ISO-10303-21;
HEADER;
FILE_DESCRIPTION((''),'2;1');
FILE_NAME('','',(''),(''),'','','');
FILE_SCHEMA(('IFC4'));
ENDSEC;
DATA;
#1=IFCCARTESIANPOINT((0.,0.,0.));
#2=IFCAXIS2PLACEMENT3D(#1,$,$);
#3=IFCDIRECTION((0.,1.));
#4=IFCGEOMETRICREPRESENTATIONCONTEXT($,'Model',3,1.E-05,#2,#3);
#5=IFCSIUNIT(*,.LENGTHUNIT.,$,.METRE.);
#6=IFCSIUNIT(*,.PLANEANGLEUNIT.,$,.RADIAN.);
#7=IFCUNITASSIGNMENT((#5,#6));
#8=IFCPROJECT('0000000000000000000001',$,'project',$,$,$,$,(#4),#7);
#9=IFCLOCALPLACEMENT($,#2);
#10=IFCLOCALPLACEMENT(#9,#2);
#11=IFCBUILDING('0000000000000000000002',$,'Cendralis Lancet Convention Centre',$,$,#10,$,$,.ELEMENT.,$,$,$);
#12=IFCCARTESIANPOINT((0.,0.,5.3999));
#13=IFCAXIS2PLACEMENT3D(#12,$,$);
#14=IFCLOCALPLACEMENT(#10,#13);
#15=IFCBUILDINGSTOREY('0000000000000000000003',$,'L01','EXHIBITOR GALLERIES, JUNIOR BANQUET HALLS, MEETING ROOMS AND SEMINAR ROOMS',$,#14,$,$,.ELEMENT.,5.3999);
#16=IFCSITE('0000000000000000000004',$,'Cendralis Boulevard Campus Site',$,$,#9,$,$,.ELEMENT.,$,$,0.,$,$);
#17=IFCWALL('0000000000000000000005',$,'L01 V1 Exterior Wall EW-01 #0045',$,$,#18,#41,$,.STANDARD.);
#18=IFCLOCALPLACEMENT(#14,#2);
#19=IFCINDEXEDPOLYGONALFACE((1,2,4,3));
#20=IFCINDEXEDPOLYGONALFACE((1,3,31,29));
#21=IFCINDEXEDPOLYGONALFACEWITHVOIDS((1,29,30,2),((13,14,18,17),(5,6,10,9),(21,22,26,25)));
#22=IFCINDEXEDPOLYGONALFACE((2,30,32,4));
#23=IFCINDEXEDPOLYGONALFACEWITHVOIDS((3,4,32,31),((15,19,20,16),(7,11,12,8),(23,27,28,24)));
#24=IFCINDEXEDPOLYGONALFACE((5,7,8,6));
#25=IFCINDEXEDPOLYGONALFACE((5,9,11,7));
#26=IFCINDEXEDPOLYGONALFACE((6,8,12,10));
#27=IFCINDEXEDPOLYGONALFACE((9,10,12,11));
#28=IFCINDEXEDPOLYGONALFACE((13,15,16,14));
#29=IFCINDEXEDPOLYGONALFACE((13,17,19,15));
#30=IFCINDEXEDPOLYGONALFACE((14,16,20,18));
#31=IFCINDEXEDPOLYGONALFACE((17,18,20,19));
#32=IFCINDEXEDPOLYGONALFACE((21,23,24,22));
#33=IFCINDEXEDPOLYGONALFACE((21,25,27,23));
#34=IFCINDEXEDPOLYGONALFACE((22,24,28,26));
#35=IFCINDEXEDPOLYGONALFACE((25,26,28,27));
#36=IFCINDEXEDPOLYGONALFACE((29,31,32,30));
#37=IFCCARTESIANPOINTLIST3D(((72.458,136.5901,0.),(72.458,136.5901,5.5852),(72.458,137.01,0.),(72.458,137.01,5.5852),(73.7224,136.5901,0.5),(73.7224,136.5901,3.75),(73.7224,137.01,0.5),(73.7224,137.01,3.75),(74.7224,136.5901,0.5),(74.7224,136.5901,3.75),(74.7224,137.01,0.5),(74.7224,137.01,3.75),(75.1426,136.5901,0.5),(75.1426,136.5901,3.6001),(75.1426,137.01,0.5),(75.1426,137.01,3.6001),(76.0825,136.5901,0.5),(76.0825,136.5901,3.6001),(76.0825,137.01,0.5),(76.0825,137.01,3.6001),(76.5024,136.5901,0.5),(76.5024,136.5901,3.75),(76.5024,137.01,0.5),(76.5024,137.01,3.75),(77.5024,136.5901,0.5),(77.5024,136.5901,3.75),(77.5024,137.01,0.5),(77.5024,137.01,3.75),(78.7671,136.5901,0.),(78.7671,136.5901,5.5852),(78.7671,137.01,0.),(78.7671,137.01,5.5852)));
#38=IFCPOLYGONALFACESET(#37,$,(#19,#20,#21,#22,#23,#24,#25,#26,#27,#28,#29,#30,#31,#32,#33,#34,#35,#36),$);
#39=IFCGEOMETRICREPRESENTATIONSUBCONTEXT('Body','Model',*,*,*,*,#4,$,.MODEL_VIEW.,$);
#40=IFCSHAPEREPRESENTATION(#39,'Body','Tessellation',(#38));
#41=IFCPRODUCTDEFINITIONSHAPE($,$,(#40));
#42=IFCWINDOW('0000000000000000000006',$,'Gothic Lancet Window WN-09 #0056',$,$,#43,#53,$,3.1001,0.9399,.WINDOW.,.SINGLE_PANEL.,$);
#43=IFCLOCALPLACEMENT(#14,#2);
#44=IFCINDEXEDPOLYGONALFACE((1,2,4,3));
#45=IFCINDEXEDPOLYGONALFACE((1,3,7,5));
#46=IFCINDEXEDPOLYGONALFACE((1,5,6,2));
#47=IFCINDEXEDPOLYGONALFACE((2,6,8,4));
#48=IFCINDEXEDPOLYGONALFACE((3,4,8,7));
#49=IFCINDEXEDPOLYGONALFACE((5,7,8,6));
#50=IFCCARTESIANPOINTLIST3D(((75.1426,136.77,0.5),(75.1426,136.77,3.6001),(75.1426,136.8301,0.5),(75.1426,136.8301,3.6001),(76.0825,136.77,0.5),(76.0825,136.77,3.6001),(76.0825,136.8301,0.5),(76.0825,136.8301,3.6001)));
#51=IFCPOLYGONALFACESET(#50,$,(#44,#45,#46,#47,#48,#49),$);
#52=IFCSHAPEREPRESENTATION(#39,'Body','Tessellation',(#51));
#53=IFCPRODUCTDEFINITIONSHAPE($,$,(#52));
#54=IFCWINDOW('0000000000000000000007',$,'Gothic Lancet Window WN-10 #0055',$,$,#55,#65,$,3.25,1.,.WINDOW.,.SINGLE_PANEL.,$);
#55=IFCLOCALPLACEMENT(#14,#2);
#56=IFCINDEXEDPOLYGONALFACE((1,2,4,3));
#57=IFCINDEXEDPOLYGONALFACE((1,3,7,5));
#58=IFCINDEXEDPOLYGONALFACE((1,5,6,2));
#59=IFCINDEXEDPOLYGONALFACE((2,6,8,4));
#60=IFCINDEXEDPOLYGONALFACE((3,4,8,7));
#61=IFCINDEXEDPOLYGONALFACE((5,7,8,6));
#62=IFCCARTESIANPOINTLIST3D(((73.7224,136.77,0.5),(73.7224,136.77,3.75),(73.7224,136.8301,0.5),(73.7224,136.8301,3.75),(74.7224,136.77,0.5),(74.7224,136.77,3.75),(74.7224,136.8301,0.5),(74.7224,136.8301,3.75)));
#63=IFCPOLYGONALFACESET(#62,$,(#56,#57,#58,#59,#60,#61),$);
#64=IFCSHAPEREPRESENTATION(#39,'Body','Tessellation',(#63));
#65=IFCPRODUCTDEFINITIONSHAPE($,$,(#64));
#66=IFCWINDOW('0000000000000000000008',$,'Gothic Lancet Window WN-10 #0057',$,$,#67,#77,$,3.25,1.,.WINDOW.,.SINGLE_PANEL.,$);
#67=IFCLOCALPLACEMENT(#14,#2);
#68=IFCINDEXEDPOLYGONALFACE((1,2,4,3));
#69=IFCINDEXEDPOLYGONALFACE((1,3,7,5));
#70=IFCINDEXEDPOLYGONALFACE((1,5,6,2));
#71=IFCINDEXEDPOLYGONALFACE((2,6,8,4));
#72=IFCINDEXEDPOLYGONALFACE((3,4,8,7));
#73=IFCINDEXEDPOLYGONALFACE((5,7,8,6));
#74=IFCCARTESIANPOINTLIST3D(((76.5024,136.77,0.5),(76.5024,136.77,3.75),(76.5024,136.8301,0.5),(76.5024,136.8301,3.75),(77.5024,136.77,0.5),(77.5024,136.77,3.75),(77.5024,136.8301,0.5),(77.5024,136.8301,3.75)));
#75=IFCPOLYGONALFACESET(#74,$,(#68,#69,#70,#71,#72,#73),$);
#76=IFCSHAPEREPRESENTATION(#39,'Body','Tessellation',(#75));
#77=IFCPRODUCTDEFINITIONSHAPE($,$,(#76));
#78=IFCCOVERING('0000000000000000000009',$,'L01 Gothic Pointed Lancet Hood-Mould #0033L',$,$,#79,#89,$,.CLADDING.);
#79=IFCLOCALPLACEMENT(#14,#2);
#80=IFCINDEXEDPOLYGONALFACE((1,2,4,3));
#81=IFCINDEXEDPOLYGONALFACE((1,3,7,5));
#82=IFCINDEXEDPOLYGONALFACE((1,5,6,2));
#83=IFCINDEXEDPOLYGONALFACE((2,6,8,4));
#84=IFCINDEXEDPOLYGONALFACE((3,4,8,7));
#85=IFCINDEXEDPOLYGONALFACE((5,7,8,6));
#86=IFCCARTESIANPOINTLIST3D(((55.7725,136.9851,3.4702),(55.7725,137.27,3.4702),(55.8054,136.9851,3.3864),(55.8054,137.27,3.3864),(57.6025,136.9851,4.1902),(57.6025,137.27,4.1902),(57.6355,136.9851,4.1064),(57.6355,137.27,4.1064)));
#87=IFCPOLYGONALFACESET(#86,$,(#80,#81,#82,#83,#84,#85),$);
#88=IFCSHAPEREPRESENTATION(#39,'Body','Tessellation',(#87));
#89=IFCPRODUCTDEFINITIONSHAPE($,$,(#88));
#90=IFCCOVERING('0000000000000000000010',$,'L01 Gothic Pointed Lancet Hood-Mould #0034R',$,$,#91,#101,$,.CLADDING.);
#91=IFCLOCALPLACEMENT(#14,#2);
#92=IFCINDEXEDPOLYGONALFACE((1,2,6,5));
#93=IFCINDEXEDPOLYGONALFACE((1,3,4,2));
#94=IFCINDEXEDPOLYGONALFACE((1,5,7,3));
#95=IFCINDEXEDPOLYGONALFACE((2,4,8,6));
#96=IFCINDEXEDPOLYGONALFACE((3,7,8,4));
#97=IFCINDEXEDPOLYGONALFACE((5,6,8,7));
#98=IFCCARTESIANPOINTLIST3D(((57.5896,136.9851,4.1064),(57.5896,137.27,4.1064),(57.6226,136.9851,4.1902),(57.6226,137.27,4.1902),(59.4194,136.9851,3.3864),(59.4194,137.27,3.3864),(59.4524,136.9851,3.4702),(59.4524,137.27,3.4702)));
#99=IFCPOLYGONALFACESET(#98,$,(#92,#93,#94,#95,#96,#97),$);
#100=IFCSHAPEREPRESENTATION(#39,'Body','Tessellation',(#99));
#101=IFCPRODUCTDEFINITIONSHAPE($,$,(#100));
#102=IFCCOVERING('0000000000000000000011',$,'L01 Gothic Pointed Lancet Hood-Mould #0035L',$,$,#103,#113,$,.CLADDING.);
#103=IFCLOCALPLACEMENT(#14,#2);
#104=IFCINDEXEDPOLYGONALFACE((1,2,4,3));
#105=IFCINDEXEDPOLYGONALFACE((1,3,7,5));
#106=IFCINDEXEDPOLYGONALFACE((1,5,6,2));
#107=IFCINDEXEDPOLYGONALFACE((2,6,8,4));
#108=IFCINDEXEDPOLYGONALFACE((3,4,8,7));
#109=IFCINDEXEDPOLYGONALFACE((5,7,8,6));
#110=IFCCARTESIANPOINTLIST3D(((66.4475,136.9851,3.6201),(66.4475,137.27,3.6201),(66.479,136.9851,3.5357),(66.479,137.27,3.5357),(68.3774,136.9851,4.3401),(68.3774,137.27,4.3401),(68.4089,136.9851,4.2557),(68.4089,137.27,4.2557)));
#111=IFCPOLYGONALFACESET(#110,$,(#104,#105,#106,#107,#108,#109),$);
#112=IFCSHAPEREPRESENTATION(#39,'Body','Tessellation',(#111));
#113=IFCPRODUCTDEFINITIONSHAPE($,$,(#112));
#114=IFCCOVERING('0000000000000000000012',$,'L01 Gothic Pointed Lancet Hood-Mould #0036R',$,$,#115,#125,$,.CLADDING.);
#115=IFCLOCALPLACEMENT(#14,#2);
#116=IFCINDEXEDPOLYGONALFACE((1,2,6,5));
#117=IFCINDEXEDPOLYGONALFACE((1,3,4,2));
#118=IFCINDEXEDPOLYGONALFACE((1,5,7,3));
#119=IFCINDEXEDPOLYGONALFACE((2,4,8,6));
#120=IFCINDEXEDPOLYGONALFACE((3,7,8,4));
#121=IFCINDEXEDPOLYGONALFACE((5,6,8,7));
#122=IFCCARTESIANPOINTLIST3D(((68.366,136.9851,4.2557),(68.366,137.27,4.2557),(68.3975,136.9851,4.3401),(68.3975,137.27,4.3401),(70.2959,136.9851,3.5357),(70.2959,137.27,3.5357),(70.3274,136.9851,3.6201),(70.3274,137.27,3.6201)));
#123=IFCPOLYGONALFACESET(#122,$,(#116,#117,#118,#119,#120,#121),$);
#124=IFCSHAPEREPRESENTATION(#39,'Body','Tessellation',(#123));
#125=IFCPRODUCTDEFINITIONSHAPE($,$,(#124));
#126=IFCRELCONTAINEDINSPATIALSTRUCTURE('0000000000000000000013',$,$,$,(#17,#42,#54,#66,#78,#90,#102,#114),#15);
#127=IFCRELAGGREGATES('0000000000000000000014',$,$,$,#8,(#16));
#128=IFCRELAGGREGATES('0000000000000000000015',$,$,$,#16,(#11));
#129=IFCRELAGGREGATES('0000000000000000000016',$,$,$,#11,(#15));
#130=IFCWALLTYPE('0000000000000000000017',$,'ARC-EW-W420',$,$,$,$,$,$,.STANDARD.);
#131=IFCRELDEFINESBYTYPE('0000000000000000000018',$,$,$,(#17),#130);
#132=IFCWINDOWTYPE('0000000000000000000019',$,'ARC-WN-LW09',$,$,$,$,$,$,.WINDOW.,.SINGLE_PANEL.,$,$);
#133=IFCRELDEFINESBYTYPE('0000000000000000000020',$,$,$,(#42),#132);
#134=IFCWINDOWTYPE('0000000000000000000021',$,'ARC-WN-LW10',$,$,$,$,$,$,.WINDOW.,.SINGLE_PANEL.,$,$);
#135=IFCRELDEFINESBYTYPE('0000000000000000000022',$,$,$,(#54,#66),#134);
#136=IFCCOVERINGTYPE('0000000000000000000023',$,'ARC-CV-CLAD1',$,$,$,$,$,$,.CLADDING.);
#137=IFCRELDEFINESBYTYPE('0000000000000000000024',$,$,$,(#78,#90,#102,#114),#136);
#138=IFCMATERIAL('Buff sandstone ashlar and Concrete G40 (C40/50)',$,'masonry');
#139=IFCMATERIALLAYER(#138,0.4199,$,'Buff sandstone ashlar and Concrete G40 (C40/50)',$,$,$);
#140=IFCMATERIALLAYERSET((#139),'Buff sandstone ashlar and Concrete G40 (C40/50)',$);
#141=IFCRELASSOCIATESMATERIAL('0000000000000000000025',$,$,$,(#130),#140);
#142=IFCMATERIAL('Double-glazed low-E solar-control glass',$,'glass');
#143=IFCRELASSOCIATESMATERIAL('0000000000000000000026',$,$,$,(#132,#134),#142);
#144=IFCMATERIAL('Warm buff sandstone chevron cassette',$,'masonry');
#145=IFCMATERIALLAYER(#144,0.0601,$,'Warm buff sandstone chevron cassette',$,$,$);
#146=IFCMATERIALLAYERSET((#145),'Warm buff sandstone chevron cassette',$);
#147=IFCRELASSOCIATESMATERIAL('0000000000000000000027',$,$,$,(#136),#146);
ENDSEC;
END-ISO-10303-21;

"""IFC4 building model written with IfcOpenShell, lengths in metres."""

from ifc_helpers import new_model, si_unit, direction, frame, frame_2d, origin, place, context, subcontext, project, spatial, polyline, rectangle, outline, extrude, material, layer, layer_set, type_object, element, fill, save


model = new_model("IFC4")

# Units and contexts
model_context = context("Model", 3, precision=1e-05, world=origin(), true_north=direction((0.0, 1.0)))
body_context = subcontext(model_context, "Body", "Model", "MODEL_VIEW")
ifc_project = project(units=[si_unit("LENGTHUNIT", "METRE"), si_unit("PLANEANGLEUNIT", "RADIAN")], contexts=[model_context])

# Site, building, storey
site_placement = place(None, origin())
site = spatial("IfcSite", under=ifc_project, at=site_placement, Name="Cendralis Boulevard Campus Site", CompositionType="ELEMENT", RefElevation=0.0)
building_placement = place(site_placement, origin())
building = spatial("IfcBuilding", under=site, at=building_placement, Name="Cendralis Lancet Convention Centre", CompositionType="ELEMENT")
storey_placement = place(building_placement, frame((0.0, 0.0, 5.3999)))
storey = spatial("IfcBuildingStorey", under=building, at=storey_placement, Name="L01", Description="EXHIBITOR GALLERIES, JUNIOR BANQUET HALLS, MEETING ROOMS AND SEMINAR ROOMS", CompositionType="ELEMENT", Elevation=5.3999)

# Wall, openings, windows
ifc_material_1 = material(Name="Buff sandstone ashlar and Concrete G40 (C40/50)", Category="masonry")
ifc_layer_1 = layer(ifc_material_1, 0.4199, Name="Buff sandstone ashlar and Concrete G40 (C40/50)")
ifc_layer_set_1 = layer_set([ifc_layer_1], Name="Buff sandstone ashlar and Concrete G40 (C40/50)")
wall_type = type_object("IfcWallType", Name="ARC-EW-W420", PredefinedType="STANDARD", material=ifc_layer_set_1)
ifc_material_2 = material(Name="Double-glazed low-E solar-control glass", Category="glass")
window_type_1 = type_object("IfcWindowType", Name="ARC-WN-LW09", PartitioningType="SINGLE_PANEL", PredefinedType="WINDOW", material=ifc_material_2)
wall_1_placement = place(storey_placement, frame((72.458, 136.8, 0.0), z_axis=(0.0, 0.0, 1.0), x_axis=(1.0, 0.0, 0.0)))
wall_1 = element("IfcWall", 1, at=wall_1_placement, inside=storey, type_object=wall_type, Name="L01 V1 Exterior Wall EW-01 #0045", PredefinedType="STANDARD", context=body_context, shape_type="SweptSolid", body=[
    extrude(rectangle(XDim=6.3091, YDim=0.4199, at=frame_2d((3.1545, 0.0))), origin(), (0.0, 0.0, 1.0), 5.5852),
])
opening_1_placement = place(wall_1_placement, frame((1.2644, 0.0, 0.5)))
opening_1 = element("IfcOpeningElement", 2, at=opening_1_placement, cuts=wall_1, PredefinedType="OPENING", context=body_context, shape_type="SweptSolid", body=[
    extrude(rectangle(XDim=1.0, YDim=3.25, at=frame_2d((0.5, 1.625))), frame((0.0, 0.22, 0.0), z_axis=(0.0, -1.0, 0.0), x_axis=(1.0, 0.0, 0.0)), (0.0, 0.0, 1.0), 0.4399),
])
opening_2_placement = place(wall_1_placement, frame((2.6846, 0.0, 0.5)))
opening_2 = element("IfcOpeningElement", 3, at=opening_2_placement, cuts=wall_1, PredefinedType="OPENING", context=body_context, shape_type="SweptSolid", body=[
    extrude(rectangle(XDim=0.9399, YDim=3.1001, at=frame_2d((0.47, 1.55))), frame((0.0, 0.22, 0.0), z_axis=(0.0, -1.0, 0.0), x_axis=(1.0, 0.0, 0.0)), (0.0, 0.0, 1.0), 0.4399),
])
opening_3_placement = place(wall_1_placement, frame((4.0444, 0.0, 0.5)))
opening_3 = element("IfcOpeningElement", 4, at=opening_3_placement, cuts=wall_1, PredefinedType="OPENING", context=body_context, shape_type="SweptSolid", body=[
    extrude(rectangle(XDim=1.0, YDim=3.25, at=frame_2d((0.5, 1.625))), frame((0.0, 0.22, 0.0), z_axis=(0.0, -1.0, 0.0), x_axis=(1.0, 0.0, 0.0)), (0.0, 0.0, 1.0), 0.4399),
])
window_1_placement = place(opening_2_placement, origin())
window_1 = element("IfcWindow", 5, at=window_1_placement, inside=storey, type_object=window_type_1, Name="Gothic Lancet Window WN-09 #0056", OverallHeight=3.1001, OverallWidth=0.9399, PartitioningType="SINGLE_PANEL", PredefinedType="WINDOW", context=body_context, shape_type="SweptSolid", body=[
    extrude(rectangle(XDim=0.9399, YDim=3.1001, at=frame_2d((0.47, 1.55))), frame((0.0, 0.03, 0.0), z_axis=(0.0, -1.0, 0.0), x_axis=(1.0, 0.0, 0.0)), (0.0, 0.0, 1.0), 0.0601),
])
fill(opening_2, window_1)
window_type_2 = type_object("IfcWindowType", Name="ARC-WN-LW10", PartitioningType="SINGLE_PANEL", PredefinedType="WINDOW", material=ifc_material_2)
window_2_placement = place(opening_1_placement, origin())
window_2 = element("IfcWindow", 6, at=window_2_placement, inside=storey, type_object=window_type_2, Name="Gothic Lancet Window WN-10 #0055", OverallHeight=3.25, OverallWidth=1.0, PartitioningType="SINGLE_PANEL", PredefinedType="WINDOW", context=body_context, shape_type="SweptSolid", body=[
    extrude(rectangle(XDim=1.0, YDim=3.25, at=frame_2d((0.5, 1.625))), frame((0.0, 0.03, 0.0), z_axis=(0.0, -1.0, 0.0), x_axis=(1.0, 0.0, 0.0)), (0.0, 0.0, 1.0), 0.0601),
])
fill(opening_1, window_2)
window_3_placement = place(opening_3_placement, origin())
window_3 = element("IfcWindow", 7, at=window_3_placement, inside=storey, type_object=window_type_2, Name="Gothic Lancet Window WN-10 #0057", OverallHeight=3.25, OverallWidth=1.0, PartitioningType="SINGLE_PANEL", PredefinedType="WINDOW", context=body_context, shape_type="SweptSolid", body=[
    extrude(rectangle(XDim=1.0, YDim=3.25, at=frame_2d((0.5, 1.625))), frame((0.0, 0.03, 0.0), z_axis=(0.0, -1.0, 0.0), x_axis=(1.0, 0.0, 0.0)), (0.0, 0.0, 1.0), 0.0601),
])
fill(opening_3, window_3)

# Coverings
ifc_material_3 = material(Name="Warm buff sandstone chevron cassette", Category="masonry")
ifc_layer_2 = layer(ifc_material_3, 0.0601, Name="Warm buff sandstone chevron cassette")
ifc_layer_set_2 = layer_set([ifc_layer_2], Name="Warm buff sandstone chevron cassette")
covering_type = type_object("IfcCoveringType", Name="ARC-CV-CLAD1", PredefinedType="CLADDING", material=ifc_layer_set_2)
covering_1_placement = place(storey_placement, frame((55.7725, 137.27, 3.4702), z_axis=(-0.366098, 0.0, 0.930576), x_axis=(0.0, -1.0, 0.0)))
element("IfcCovering", 8, at=covering_1_placement, inside=storey, type_object=covering_type, Name="L01 Gothic Pointed Lancet Hood-Mould #0033L", PredefinedType="CLADDING", context=body_context, shape_type="SweptSolid", body=[
    extrude(outline(polyline([(0.0, 0.0), (0.2849, 0.0), (0.2849, 1.9666), (0.0, 1.9666), (0.0, 0.0)])), origin(), (0.0, 0.0, -1.0), 0.0901),
])
covering_2_placement = place(storey_placement, frame((57.6226, 137.27, 4.1902), z_axis=(0.36614, 0.0, 0.93056), x_axis=(0.0, -1.0, 0.0)))
element("IfcCovering", 9, at=covering_2_placement, inside=storey, type_object=covering_type, Name="L01 Gothic Pointed Lancet Hood-Mould #0034R", PredefinedType="CLADDING", context=body_context, shape_type="SweptSolid", body=[
    extrude(outline(polyline([(0.0, 0.0), (0.2849, 0.0), (0.2849, 1.9664), (0.0, 1.9664), (0.0, 0.0)])), origin(), (0.0, 0.0, -1.0), 0.0901),
])
for number, where, z_axis, x_axis, name in (
    (10, (66.4475, 137.27, 3.6201), (-0.349525, 0.0, 0.936927), (0.0, -1.0, 0.0), "L01 Gothic Pointed Lancet Hood-Mould #0035L"),
    (11, (68.3975, 137.27, 4.3401), (0.349525, 0.0, 0.936927), (0.0, -1.0, 0.0), "L01 Gothic Pointed Lancet Hood-Mould #0036R"),
):
    element("IfcCovering", number, at=place(storey_placement, frame(where, z_axis=z_axis, x_axis=x_axis)), inside=storey, type_object=covering_type, Name=name, PredefinedType="CLADDING", context=body_context, shape_type="SweptSolid", body=[
        extrude(outline(polyline([(0.0, 0.0), (0.2849, 0.0), (0.2849, 2.0599), (0.0, 2.0599), (0.0, 0.0)])), origin(), (0.0, 0.0, -1.0), 0.0901),
    ])

save(model, "model.ifc")
